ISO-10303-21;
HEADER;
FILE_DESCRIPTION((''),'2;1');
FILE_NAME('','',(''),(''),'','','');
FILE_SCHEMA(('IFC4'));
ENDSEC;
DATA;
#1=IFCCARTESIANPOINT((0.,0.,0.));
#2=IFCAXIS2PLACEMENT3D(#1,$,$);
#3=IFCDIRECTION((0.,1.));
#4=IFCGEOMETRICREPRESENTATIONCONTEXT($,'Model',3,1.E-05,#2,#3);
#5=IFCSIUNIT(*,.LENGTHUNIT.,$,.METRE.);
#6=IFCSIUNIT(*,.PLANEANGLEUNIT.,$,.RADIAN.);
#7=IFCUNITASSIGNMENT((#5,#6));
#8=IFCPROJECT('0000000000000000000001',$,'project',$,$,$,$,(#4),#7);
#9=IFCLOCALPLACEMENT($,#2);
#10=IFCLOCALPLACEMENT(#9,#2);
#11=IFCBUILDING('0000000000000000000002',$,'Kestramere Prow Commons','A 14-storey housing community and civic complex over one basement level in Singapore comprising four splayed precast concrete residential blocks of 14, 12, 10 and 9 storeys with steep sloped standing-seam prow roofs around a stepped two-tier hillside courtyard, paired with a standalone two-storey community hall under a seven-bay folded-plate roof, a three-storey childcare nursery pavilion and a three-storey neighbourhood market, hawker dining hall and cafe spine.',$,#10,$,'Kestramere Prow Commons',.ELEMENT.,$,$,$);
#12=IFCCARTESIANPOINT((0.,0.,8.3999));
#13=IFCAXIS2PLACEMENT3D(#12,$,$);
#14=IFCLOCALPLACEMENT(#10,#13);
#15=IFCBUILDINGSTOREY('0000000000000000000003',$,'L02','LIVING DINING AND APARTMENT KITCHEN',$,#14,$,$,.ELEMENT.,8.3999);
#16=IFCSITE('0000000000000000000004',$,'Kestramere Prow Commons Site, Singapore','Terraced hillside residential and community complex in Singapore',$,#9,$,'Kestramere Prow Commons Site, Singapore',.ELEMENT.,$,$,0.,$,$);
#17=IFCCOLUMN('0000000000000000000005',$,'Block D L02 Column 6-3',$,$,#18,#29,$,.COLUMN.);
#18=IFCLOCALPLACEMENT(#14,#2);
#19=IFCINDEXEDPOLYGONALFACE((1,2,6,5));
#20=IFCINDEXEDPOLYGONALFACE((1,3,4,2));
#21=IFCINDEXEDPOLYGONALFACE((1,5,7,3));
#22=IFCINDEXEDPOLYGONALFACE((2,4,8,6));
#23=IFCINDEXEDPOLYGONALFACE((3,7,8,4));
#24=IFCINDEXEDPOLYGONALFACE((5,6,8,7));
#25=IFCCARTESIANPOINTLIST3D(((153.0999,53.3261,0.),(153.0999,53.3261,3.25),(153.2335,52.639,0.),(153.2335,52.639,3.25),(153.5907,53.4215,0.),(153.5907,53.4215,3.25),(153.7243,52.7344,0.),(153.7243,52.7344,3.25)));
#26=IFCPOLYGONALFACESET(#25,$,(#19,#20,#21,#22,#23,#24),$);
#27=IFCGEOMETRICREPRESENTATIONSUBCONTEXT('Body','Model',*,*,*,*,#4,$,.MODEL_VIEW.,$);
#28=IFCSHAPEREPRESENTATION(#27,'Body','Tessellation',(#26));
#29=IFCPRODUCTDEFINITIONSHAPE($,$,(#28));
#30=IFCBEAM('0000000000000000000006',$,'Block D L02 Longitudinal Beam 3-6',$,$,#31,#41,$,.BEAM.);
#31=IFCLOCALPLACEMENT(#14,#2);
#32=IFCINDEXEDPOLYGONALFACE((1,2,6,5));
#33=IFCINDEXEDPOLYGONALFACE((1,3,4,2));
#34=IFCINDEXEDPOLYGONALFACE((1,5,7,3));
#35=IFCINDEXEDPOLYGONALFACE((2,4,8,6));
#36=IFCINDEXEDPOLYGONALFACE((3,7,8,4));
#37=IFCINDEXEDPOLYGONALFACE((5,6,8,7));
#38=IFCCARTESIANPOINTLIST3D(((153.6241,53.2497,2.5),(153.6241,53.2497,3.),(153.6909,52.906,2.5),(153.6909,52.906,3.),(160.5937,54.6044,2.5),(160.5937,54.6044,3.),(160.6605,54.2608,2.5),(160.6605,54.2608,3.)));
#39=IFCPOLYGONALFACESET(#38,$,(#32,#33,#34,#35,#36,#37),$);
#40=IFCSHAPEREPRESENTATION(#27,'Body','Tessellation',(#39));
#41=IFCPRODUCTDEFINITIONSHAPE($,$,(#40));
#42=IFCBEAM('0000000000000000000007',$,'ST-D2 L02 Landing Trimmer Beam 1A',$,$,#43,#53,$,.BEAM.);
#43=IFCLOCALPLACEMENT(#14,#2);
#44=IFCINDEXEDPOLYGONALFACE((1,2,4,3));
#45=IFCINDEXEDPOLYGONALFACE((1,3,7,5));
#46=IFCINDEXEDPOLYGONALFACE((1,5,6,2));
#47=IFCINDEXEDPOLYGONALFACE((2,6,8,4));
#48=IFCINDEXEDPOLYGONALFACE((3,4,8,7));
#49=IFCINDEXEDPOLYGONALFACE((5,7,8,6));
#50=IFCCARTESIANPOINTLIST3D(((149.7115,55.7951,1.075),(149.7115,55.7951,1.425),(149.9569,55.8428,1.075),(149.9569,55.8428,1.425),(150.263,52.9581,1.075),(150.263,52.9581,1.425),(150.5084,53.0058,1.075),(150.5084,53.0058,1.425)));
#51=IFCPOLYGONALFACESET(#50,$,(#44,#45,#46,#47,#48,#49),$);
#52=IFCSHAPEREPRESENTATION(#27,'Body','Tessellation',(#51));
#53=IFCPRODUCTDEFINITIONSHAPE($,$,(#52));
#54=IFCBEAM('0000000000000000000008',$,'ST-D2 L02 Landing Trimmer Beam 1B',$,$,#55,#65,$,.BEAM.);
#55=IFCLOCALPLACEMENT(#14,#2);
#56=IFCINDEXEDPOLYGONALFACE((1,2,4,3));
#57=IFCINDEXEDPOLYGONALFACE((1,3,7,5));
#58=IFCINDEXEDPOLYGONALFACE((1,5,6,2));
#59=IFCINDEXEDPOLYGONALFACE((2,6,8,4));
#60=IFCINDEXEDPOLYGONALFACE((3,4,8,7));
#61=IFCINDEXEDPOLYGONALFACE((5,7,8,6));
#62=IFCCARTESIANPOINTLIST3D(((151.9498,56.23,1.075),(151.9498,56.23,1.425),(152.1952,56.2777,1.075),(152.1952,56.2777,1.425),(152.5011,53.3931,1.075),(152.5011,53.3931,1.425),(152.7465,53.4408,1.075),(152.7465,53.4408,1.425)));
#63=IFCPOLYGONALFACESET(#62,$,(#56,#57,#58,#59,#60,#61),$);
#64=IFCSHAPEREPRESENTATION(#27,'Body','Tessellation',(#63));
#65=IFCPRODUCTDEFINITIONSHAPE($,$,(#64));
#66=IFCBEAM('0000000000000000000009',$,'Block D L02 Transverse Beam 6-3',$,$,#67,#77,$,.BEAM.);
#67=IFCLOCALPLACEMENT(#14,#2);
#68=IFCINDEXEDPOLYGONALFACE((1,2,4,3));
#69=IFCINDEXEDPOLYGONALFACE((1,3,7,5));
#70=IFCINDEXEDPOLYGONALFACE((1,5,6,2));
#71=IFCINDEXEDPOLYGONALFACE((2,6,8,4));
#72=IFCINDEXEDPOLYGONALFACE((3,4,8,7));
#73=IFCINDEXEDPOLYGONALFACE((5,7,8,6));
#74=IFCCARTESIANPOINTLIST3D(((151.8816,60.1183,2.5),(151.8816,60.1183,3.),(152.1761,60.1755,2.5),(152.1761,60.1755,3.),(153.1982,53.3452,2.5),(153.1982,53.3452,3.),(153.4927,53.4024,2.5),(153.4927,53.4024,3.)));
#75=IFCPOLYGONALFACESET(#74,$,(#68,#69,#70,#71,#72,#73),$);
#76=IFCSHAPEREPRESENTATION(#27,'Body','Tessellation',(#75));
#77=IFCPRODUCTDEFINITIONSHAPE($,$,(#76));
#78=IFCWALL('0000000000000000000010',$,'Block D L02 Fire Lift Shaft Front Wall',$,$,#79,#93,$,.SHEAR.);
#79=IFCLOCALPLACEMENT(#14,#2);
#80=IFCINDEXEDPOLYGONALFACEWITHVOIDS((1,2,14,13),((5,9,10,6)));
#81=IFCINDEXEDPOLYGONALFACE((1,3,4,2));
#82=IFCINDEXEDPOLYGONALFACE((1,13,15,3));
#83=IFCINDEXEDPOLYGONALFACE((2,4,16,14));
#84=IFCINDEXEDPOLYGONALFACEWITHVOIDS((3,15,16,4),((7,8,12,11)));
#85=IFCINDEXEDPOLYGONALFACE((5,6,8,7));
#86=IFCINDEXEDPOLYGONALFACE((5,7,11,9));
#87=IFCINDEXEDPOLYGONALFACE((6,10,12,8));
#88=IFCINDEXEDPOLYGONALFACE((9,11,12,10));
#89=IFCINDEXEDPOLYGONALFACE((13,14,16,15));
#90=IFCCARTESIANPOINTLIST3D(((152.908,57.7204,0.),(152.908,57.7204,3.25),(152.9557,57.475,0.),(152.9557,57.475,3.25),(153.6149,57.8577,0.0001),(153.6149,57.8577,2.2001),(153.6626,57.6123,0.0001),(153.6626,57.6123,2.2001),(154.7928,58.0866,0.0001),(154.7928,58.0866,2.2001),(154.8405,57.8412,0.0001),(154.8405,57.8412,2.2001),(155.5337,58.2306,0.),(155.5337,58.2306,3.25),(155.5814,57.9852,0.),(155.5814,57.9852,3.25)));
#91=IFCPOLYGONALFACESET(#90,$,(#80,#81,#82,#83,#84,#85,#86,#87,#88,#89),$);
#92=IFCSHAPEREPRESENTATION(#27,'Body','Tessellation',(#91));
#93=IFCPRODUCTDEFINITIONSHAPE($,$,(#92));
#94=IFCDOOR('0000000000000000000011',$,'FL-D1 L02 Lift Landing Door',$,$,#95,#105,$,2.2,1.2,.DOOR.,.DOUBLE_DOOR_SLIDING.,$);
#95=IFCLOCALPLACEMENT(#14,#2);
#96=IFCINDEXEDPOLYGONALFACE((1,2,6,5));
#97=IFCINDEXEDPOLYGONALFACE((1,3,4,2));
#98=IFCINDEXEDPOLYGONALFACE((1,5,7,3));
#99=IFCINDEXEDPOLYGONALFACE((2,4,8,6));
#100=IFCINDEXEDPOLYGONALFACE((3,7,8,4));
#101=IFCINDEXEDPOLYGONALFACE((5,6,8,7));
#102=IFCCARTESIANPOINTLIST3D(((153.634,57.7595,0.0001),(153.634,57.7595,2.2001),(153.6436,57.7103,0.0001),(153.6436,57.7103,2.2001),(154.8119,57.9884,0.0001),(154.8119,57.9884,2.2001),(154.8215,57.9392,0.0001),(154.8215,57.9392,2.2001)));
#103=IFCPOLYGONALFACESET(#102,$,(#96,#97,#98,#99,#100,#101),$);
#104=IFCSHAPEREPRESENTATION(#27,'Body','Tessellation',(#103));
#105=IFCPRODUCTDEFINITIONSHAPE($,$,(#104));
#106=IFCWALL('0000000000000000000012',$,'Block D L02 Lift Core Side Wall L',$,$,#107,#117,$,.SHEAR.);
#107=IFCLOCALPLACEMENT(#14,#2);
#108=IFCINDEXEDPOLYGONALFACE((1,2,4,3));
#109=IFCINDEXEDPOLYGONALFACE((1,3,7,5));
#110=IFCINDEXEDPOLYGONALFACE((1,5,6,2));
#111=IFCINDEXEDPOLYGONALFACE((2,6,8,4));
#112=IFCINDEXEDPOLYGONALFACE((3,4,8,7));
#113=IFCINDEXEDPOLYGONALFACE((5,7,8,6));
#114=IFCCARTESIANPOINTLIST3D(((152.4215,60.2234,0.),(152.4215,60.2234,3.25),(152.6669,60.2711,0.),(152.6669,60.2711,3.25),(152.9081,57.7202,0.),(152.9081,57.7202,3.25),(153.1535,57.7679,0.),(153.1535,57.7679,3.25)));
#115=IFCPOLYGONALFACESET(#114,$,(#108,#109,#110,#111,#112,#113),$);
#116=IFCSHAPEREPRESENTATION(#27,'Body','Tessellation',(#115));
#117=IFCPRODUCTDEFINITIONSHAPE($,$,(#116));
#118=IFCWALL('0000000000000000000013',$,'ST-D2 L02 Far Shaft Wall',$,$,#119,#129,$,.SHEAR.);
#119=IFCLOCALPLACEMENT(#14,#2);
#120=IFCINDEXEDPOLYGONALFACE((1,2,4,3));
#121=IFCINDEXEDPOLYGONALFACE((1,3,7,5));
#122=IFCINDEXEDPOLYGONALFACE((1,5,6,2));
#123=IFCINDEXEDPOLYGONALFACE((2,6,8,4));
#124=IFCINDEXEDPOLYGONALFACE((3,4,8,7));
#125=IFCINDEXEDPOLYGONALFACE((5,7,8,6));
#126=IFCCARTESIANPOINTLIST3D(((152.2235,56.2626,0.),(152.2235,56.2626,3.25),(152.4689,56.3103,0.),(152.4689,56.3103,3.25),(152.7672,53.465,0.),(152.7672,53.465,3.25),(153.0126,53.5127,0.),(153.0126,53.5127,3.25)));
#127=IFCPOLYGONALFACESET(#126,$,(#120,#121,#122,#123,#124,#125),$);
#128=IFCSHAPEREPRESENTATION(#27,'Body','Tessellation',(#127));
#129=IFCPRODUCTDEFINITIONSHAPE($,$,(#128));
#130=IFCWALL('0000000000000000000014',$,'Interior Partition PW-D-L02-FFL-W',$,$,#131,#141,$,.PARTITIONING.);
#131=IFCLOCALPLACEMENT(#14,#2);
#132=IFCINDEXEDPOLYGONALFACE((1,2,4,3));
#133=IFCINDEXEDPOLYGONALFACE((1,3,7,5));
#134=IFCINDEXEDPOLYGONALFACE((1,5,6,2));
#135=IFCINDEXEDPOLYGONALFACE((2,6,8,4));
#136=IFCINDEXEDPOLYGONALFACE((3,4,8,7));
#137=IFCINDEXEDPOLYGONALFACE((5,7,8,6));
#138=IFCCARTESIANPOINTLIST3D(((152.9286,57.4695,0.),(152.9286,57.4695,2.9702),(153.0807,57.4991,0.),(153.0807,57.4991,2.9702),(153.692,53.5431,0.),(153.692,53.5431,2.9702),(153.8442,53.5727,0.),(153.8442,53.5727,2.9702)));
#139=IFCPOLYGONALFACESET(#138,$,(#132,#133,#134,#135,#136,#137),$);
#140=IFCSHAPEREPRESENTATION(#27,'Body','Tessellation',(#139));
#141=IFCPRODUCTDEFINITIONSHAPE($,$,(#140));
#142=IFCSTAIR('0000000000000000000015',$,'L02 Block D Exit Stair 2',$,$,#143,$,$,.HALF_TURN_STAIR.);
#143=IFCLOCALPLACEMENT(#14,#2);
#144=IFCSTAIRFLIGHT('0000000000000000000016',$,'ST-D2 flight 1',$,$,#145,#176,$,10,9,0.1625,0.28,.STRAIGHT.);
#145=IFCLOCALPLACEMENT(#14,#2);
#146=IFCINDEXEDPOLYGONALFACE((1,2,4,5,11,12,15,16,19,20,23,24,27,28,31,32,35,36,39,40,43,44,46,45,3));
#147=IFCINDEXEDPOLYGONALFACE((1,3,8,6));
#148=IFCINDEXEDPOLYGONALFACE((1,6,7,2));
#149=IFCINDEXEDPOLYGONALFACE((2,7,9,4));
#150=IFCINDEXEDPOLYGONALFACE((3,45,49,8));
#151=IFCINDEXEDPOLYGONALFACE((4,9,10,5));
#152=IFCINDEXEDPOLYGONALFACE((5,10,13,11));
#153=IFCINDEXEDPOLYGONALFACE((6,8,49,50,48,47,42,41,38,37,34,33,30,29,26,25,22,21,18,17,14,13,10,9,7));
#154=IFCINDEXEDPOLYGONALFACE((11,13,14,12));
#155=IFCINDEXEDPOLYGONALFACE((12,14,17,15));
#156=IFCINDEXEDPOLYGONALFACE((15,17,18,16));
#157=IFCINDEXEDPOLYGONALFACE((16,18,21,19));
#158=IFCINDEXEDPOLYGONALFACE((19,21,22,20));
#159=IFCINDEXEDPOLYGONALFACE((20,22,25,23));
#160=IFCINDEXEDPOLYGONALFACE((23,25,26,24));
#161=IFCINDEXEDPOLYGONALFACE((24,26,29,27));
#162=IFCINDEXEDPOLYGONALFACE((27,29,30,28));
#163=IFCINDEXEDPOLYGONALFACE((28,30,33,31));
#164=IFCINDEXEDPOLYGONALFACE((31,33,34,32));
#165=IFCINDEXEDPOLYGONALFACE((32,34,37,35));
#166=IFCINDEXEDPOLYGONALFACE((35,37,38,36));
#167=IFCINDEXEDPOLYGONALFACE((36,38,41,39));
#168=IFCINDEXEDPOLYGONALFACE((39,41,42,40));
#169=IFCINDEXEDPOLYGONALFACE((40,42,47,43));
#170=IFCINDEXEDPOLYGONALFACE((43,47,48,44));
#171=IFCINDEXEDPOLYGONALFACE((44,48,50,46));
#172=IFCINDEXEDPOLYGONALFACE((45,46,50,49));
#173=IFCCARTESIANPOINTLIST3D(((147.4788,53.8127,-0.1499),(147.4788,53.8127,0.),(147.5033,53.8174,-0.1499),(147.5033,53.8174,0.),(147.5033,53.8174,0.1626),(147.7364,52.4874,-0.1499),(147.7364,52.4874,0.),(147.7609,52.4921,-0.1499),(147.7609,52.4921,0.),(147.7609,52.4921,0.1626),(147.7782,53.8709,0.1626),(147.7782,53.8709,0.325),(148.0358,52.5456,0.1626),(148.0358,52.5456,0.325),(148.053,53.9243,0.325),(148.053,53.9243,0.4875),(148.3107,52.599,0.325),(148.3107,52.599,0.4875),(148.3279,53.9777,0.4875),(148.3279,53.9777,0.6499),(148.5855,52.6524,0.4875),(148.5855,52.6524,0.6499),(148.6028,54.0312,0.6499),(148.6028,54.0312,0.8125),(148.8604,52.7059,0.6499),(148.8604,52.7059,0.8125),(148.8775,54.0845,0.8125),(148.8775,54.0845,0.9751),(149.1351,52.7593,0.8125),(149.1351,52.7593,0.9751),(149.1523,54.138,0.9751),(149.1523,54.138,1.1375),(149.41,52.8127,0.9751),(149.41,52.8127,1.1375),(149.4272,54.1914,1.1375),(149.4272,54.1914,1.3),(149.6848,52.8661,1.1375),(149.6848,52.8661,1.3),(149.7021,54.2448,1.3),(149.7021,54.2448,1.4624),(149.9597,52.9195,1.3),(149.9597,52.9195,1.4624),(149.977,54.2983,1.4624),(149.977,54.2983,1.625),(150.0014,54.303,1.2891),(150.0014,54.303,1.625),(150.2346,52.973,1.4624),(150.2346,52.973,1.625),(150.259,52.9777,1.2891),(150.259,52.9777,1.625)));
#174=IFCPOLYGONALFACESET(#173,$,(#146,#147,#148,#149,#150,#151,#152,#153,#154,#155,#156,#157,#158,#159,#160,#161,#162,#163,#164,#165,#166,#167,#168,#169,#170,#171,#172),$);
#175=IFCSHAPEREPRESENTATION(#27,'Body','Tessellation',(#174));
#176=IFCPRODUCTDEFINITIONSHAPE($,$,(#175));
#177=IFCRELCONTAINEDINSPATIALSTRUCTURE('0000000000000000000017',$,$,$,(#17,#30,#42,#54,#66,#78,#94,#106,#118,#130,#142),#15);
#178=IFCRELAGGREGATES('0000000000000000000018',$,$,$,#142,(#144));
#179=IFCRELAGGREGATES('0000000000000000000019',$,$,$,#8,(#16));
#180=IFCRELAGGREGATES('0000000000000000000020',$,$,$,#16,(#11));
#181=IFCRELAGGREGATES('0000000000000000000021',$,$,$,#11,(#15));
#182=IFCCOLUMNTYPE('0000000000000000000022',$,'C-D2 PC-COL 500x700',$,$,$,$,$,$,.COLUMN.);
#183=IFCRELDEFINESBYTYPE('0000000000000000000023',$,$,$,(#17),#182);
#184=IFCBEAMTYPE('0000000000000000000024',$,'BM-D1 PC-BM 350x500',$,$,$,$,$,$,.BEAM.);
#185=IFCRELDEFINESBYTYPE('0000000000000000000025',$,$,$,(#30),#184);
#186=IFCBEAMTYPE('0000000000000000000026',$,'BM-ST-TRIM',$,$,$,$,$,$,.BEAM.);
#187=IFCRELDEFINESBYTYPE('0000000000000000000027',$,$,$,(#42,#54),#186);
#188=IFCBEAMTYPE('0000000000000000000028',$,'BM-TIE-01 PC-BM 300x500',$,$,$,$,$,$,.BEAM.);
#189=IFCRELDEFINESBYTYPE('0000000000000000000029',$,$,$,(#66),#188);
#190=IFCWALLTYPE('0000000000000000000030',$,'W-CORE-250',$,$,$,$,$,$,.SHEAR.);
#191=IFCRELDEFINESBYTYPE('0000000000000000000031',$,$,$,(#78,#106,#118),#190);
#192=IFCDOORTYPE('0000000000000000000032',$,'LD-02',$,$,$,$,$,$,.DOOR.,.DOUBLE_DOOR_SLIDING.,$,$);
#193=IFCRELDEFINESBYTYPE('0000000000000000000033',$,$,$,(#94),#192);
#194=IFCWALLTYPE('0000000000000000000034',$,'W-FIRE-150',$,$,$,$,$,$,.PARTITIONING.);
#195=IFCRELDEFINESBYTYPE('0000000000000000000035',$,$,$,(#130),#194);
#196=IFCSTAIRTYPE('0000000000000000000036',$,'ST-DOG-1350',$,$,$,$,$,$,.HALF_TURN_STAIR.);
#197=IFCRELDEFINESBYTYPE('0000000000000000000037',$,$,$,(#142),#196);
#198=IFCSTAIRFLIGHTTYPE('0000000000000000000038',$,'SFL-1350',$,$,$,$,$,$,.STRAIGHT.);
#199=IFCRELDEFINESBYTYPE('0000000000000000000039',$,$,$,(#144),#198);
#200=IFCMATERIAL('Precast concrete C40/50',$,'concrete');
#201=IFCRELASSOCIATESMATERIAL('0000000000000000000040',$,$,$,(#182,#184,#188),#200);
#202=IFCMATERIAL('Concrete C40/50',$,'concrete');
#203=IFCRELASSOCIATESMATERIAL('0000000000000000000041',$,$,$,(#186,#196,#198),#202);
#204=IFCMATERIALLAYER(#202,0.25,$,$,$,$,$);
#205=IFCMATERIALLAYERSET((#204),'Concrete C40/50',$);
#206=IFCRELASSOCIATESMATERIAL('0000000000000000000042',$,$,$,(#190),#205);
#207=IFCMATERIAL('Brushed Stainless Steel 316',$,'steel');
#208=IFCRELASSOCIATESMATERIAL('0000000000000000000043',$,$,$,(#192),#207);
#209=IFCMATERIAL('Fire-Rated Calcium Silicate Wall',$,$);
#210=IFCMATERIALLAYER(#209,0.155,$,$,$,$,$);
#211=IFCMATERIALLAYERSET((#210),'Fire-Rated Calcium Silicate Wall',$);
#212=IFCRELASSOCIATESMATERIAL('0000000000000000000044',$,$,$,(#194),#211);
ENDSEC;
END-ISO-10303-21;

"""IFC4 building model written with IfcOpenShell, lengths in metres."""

from ifc_helpers import new_model, si_unit, direction, frame, frame_2d, origin, origin_2d, place, context, subcontext, project, spatial, polyline, rectangle, outline, extrude, material, layer, layer_set, material_profile, profile_set, type_object, element, fill, aggregate, save


model = new_model("IFC4")

# Units and contexts
model_context = context("Model", 3, precision=1e-05, world=origin(), true_north=direction((0.0, 1.0)))
body_context = subcontext(model_context, "Body", "Model", "MODEL_VIEW")
ifc_project = project(units=[si_unit("LENGTHUNIT", "METRE"), si_unit("PLANEANGLEUNIT", "RADIAN")], contexts=[model_context])

# Site, building, storey
site_placement = place(None, origin())
site = spatial("IfcSite", under=ifc_project, at=site_placement, Name="Kestramere Prow Commons Site, Singapore", Description="Terraced hillside residential and community complex in Singapore", LongName="Kestramere Prow Commons Site, Singapore", CompositionType="ELEMENT", RefElevation=0.0)
building_placement = place(site_placement, origin())
building = spatial("IfcBuilding", under=site, at=building_placement, Name="Kestramere Prow Commons", Description="A 14-storey housing community and civic complex over one basement level in Singapore comprising four splayed precast concrete residential blocks of 14, 12, 10 and 9 storeys with steep sloped standing-seam prow roofs around a stepped two-tier hillside courtyard, paired with a standalone two-storey community hall under a seven-bay folded-plate roof, a three-storey childcare nursery pavilion and a three-storey neighbourhood market, hawker dining hall and cafe spine.", LongName="Kestramere Prow Commons", CompositionType="ELEMENT")
storey_placement = place(building_placement, frame((0.0, 0.0, 8.3999)))
storey = spatial("IfcBuildingStorey", under=building, at=storey_placement, Name="L02", Description="LIVING DINING AND APARTMENT KITCHEN", CompositionType="ELEMENT", Elevation=8.3999)

# Column
ifc_material_1 = material(Name="Precast concrete C40/50", Category="concrete")
ifc_material_profile_1 = material_profile(ifc_material_1, rectangle(XDim=0.5, YDim=0.7, at=origin_2d()), Name="PC-COL 500x700")
ifc_profile_set_1 = profile_set([ifc_material_profile_1], Name="Precast concrete C40/50")
column_type = type_object("IfcColumnType", Name="C-D2 PC-COL 500x700", PredefinedType="COLUMN", material=ifc_profile_set_1)
column_placement = place(storey_placement, frame((153.4121, 53.0303, 0.0), z_axis=(0.0, 0.0, 1.0), x_axis=(0.981627, 0.190809, 0.0)))
element("IfcColumn", 1, at=column_placement, inside=storey, type_object=column_type, Name="Block D L02 Column 6-3", PredefinedType="COLUMN", context=body_context, shape_type="SweptSolid", body=[
    extrude(rectangle(XDim=0.5, YDim=0.7, at=origin_2d()), origin(), (0.0, 0.0, 1.0), 3.25),
])

# Beams
ifc_material_profile_2 = material_profile(ifc_material_1, rectangle(XDim=0.3501, YDim=0.5, at=origin_2d()), Name="PC-BM 350x500")
ifc_profile_set_2 = profile_set([ifc_material_profile_2], Name="Precast concrete C40/50")
beam_type_1 = type_object("IfcBeamType", Name="BM-D1 PC-BM 350x500", PredefinedType="BEAM", material=ifc_profile_set_2)
beam_1_placement = place(storey_placement, frame((153.6575, 53.0779, 2.75), z_axis=(0.981628, 0.190803, 0.0), x_axis=(-0.190803, 0.981628, 0.0)))
element("IfcBeam", 2, at=beam_1_placement, inside=storey, type_object=beam_type_1, Name="Block D L02 Longitudinal Beam 3-6", PredefinedType="BEAM", context=body_context, shape_type="SweptSolid", body=[
    extrude(rectangle(XDim=0.3501, YDim=0.5, at=origin_2d()), origin(), (0.0, 0.0, 1.0), 7.1001),
])
ifc_material_2 = material(Name="Concrete C40/50", Category="concrete")
ifc_material_profile_3 = material_profile(ifc_material_2, rectangle(XDim=0.25, YDim=0.3501, at=origin_2d()), Name="PC-BM 250x350")
ifc_profile_set_3 = profile_set([ifc_material_profile_3], Name="Concrete C40/50")
beam_type_2 = type_object("IfcBeamType", Name="BM-ST-TRIM", PredefinedType="BEAM", material=ifc_profile_set_3)
beam_2_placement = place(storey_placement, frame((150.3857, 52.9819, 1.25), z_axis=(-0.190833, 0.981622, 0.0), x_axis=(-0.981622, -0.190833, 0.0)))
element("IfcBeam", 3, at=beam_2_placement, inside=storey, type_object=beam_type_2, Name="ST-D2 L02 Landing Trimmer Beam 1A", PredefinedType="BEAM", context=body_context, shape_type="SweptSolid", body=[
    extrude(rectangle(XDim=0.25, YDim=0.3501, at=origin_2d()), origin(), (0.0, 0.0, 1.0), 2.8901),
])
beam_3_placement = place(storey_placement, frame((152.6238, 53.417, 1.25), z_axis=(-0.190752, 0.981638, 0.0), x_axis=(-0.981638, -0.190752, 0.0)))
element("IfcBeam", 4, at=beam_3_placement, inside=storey, type_object=beam_type_2, Name="ST-D2 L02 Landing Trimmer Beam 1B", PredefinedType="BEAM", context=body_context, shape_type="SweptSolid", body=[
    extrude(rectangle(XDim=0.25, YDim=0.3501, at=origin_2d()), origin(), (0.0, 0.0, 1.0), 2.8899),
])
ifc_material_profile_4 = material_profile(ifc_material_1, rectangle(XDim=0.3, YDim=0.5, at=origin_2d()), Name="PC-BM 300x500")
ifc_profile_set_4 = profile_set([ifc_material_profile_4], Name="Precast concrete C40/50")
beam_type_3 = type_object("IfcBeamType", Name="BM-TIE-01 PC-BM 300x500", PredefinedType="BEAM", material=ifc_profile_set_4)
beam_4_placement = place(storey_placement, frame((153.3455, 53.3738, 2.75), z_axis=(-0.190819, 0.981625, 0.0), x_axis=(-0.981625, -0.190819, 0.0)))
element("IfcBeam", 5, at=beam_4_placement, inside=storey, type_object=beam_type_3, Name="Block D L02 Transverse Beam 6-3", PredefinedType="BEAM", context=body_context, shape_type="SweptSolid", body=[
    extrude(rectangle(XDim=0.3, YDim=0.5, at=origin_2d()), origin(), (0.0, 0.0, 1.0), 6.8999),
])

# Wall, opening, door
ifc_layer_1 = layer(ifc_material_2, 0.25)
ifc_layer_set_1 = layer_set([ifc_layer_1], Name="Concrete C40/50")
wall_type_1 = type_object("IfcWallType", Name="W-CORE-250", PredefinedType="SHEAR", material=ifc_layer_set_1)
wall_1_placement = place(storey_placement, frame((152.9319, 57.5977, 0.0), z_axis=(0.0, 0.0, 1.0), x_axis=(0.981637, 0.19076, 0.0)))
wall_1 = element("IfcWall", 6, at=wall_1_placement, inside=storey, type_object=wall_type_1, Name="Block D L02 Fire Lift Shaft Front Wall", PredefinedType="SHEAR", context=body_context, shape_type="SweptSolid", body=[
    extrude(rectangle(XDim=2.6748, YDim=0.25, at=frame_2d((1.3374, 0.0))), origin(), (0.0, 0.0, 1.0), 3.25),
])
opening_1_placement = place(wall_1_placement, frame((0.72, 0.0, 0.0)))
opening_1 = element("IfcOpeningElement", 7, at=opening_1_placement, cuts=wall_1, PredefinedType="OPENING", context=body_context, shape_type="SweptSolid", body=[
    extrude(rectangle(XDim=1.2, YDim=2.2, at=frame_2d((0.6001, 1.1001))), frame((0.0, 0.1399, 0.0), z_axis=(0.0, -1.0, 0.0), x_axis=(1.0, 0.0, 0.0)), (0.0, 0.0, 1.0), 0.28),
])
ifc_material_3 = material(Name="Brushed Stainless Steel 316", Category="steel")
door_type_1 = type_object("IfcDoorType", Name="LD-02", OperationType="DOUBLE_DOOR_SLIDING", PredefinedType="DOOR", material=ifc_material_3)
door_1_placement = place(opening_1_placement, origin())
door_1 = element("IfcDoor", 8, at=door_1_placement, inside=storey, type_object=door_type_1, Name="FL-D1 L02 Lift Landing Door", OperationType="DOUBLE_DOOR_SLIDING", OverallHeight=2.2, OverallWidth=1.2, PredefinedType="DOOR", context=body_context, shape_type="SweptSolid", body=[
    extrude(rectangle(XDim=1.2, YDim=2.2, at=frame_2d((0.6001, 1.1001))), frame((0.0, 0.0249, 0.0), z_axis=(0.0, -1.0, 0.0), x_axis=(1.0, 0.0, 0.0)), (0.0, 0.0, 1.0), 0.05),
])
fill(opening_1, door_1)

# Walls
wall_2_placement = place(storey_placement, frame((153.0308, 57.7441, 0.0), z_axis=(0.0, 0.0, 1.0), x_axis=(-0.190811, 0.981627, 0.0)))
element("IfcWall", 9, at=wall_2_placement, inside=storey, type_object=wall_type_1, Name="Block D L02 Lift Core Side Wall L", PredefinedType="SHEAR", context=body_context, shape_type="SweptSolid", body=[
    extrude(rectangle(XDim=2.55, YDim=0.25, at=frame_2d((1.2749, 0.0))), origin(), (0.0, 0.0, 1.0), 3.25),
])
wall_3_placement = place(storey_placement, frame((152.8899, 53.489, 0.0), z_axis=(0.0, 0.0, 1.0), x_axis=(-0.190776, 0.981634, 0.0)))
element("IfcWall", 10, at=wall_3_placement, inside=storey, type_object=wall_type_1, Name="ST-D2 L02 Far Shaft Wall", PredefinedType="SHEAR", context=body_context, shape_type="SweptSolid", body=[
    extrude(rectangle(XDim=2.8499, YDim=0.25, at=frame_2d((1.4248, 0.0))), origin(), (0.0, 0.0, 1.0), 3.25),
])

# Shared definitions
ifc_material_4 = material(Name="Fire-Rated Calcium Silicate Wall")
ifc_layer_2 = layer(ifc_material_4, 0.155)
ifc_layer_set_2 = layer_set([ifc_layer_2], Name="Fire-Rated Calcium Silicate Wall")
wall_type_2 = type_object("IfcWallType", Name="W-FIRE-150", PredefinedType="PARTITIONING", material=ifc_layer_set_2)

# Wall
wall_4_placement = place(storey_placement, frame((153.7681, 53.5579, 0.0), z_axis=(0.0, 0.0, 1.0), x_axis=(-0.190855, 0.981618, 0.0)))
element("IfcWall", 11, at=wall_4_placement, inside=storey, type_object=wall_type_2, Name="Interior Partition PW-D-L02-FFL-W", PredefinedType="PARTITIONING", context=body_context, shape_type="SweptSolid", body=[
    extrude(rectangle(XDim=4.0, YDim=0.155, at=frame_2d((2.0, 0.0))), origin(), (0.0, 0.0, 1.0), 2.9702),
])

# Stair, stair flight
stair_type = type_object("IfcStairType", Name="ST-DOG-1350", PredefinedType="HALF_TURN_STAIR", material=ifc_material_2)
stair_placement = place(storey_placement, origin())
stair = element("IfcStair", 12, at=stair_placement, inside=storey, type_object=stair_type, Name="L02 Block D Exit Stair 2", PredefinedType="HALF_TURN_STAIR")
stair_flight_type = type_object("IfcStairFlightType", Name="SFL-1350", PredefinedType="STRAIGHT", material=ifc_material_2)
stair_flight_1_placement = place(storey_placement, frame((147.6321, 53.1548, 0.0), z_axis=(0.0, 0.0, 1.0), x_axis=(0.981627, 0.190809, 0.0)))
stair_flight_1 = element("IfcStairFlight", 13, at=stair_flight_1_placement, type_object=stair_flight_type, Name="ST-D2 flight 1", NumberOfRisers=10, NumberOfTreads=9, PredefinedType="STRAIGHT", RiserHeight=0.1625, TreadLength=0.28, context=body_context, shape_type="SweptSolid", body=[
    extrude(outline(polyline([(-0.0249, 0.0), (0.0, 0.0), (0.0, 0.1626), (0.28, 0.1626), (0.28, 0.325), (0.5601, 0.325), (0.5601, 0.4875), (0.8401, 0.4875), (0.8401, 0.6499), (1.1201, 0.6499), (1.1201, 0.8125), (1.3999, 0.8125), (1.3999, 0.9751), (1.6799, 0.9751), (1.6799, 1.1375), (1.96, 1.1375), (1.96, 1.3), (2.24, 1.3), (2.24, 1.4624), (2.52, 1.4624), (2.52, 1.625), (2.5449, 1.625), (2.5449, 1.2891), (0.0, -0.1499), (-0.0249, -0.1499), (-0.0249, 0.0)])), frame((0.0, 0.675, 0.0), z_axis=(0.0, -1.0, 0.0), x_axis=(1.0, 0.0, 0.0)), (0.0, 0.0, 1.0), 1.3501),
])
aggregate(stair, [stair_flight_1])

save(model, "model.ifc")
